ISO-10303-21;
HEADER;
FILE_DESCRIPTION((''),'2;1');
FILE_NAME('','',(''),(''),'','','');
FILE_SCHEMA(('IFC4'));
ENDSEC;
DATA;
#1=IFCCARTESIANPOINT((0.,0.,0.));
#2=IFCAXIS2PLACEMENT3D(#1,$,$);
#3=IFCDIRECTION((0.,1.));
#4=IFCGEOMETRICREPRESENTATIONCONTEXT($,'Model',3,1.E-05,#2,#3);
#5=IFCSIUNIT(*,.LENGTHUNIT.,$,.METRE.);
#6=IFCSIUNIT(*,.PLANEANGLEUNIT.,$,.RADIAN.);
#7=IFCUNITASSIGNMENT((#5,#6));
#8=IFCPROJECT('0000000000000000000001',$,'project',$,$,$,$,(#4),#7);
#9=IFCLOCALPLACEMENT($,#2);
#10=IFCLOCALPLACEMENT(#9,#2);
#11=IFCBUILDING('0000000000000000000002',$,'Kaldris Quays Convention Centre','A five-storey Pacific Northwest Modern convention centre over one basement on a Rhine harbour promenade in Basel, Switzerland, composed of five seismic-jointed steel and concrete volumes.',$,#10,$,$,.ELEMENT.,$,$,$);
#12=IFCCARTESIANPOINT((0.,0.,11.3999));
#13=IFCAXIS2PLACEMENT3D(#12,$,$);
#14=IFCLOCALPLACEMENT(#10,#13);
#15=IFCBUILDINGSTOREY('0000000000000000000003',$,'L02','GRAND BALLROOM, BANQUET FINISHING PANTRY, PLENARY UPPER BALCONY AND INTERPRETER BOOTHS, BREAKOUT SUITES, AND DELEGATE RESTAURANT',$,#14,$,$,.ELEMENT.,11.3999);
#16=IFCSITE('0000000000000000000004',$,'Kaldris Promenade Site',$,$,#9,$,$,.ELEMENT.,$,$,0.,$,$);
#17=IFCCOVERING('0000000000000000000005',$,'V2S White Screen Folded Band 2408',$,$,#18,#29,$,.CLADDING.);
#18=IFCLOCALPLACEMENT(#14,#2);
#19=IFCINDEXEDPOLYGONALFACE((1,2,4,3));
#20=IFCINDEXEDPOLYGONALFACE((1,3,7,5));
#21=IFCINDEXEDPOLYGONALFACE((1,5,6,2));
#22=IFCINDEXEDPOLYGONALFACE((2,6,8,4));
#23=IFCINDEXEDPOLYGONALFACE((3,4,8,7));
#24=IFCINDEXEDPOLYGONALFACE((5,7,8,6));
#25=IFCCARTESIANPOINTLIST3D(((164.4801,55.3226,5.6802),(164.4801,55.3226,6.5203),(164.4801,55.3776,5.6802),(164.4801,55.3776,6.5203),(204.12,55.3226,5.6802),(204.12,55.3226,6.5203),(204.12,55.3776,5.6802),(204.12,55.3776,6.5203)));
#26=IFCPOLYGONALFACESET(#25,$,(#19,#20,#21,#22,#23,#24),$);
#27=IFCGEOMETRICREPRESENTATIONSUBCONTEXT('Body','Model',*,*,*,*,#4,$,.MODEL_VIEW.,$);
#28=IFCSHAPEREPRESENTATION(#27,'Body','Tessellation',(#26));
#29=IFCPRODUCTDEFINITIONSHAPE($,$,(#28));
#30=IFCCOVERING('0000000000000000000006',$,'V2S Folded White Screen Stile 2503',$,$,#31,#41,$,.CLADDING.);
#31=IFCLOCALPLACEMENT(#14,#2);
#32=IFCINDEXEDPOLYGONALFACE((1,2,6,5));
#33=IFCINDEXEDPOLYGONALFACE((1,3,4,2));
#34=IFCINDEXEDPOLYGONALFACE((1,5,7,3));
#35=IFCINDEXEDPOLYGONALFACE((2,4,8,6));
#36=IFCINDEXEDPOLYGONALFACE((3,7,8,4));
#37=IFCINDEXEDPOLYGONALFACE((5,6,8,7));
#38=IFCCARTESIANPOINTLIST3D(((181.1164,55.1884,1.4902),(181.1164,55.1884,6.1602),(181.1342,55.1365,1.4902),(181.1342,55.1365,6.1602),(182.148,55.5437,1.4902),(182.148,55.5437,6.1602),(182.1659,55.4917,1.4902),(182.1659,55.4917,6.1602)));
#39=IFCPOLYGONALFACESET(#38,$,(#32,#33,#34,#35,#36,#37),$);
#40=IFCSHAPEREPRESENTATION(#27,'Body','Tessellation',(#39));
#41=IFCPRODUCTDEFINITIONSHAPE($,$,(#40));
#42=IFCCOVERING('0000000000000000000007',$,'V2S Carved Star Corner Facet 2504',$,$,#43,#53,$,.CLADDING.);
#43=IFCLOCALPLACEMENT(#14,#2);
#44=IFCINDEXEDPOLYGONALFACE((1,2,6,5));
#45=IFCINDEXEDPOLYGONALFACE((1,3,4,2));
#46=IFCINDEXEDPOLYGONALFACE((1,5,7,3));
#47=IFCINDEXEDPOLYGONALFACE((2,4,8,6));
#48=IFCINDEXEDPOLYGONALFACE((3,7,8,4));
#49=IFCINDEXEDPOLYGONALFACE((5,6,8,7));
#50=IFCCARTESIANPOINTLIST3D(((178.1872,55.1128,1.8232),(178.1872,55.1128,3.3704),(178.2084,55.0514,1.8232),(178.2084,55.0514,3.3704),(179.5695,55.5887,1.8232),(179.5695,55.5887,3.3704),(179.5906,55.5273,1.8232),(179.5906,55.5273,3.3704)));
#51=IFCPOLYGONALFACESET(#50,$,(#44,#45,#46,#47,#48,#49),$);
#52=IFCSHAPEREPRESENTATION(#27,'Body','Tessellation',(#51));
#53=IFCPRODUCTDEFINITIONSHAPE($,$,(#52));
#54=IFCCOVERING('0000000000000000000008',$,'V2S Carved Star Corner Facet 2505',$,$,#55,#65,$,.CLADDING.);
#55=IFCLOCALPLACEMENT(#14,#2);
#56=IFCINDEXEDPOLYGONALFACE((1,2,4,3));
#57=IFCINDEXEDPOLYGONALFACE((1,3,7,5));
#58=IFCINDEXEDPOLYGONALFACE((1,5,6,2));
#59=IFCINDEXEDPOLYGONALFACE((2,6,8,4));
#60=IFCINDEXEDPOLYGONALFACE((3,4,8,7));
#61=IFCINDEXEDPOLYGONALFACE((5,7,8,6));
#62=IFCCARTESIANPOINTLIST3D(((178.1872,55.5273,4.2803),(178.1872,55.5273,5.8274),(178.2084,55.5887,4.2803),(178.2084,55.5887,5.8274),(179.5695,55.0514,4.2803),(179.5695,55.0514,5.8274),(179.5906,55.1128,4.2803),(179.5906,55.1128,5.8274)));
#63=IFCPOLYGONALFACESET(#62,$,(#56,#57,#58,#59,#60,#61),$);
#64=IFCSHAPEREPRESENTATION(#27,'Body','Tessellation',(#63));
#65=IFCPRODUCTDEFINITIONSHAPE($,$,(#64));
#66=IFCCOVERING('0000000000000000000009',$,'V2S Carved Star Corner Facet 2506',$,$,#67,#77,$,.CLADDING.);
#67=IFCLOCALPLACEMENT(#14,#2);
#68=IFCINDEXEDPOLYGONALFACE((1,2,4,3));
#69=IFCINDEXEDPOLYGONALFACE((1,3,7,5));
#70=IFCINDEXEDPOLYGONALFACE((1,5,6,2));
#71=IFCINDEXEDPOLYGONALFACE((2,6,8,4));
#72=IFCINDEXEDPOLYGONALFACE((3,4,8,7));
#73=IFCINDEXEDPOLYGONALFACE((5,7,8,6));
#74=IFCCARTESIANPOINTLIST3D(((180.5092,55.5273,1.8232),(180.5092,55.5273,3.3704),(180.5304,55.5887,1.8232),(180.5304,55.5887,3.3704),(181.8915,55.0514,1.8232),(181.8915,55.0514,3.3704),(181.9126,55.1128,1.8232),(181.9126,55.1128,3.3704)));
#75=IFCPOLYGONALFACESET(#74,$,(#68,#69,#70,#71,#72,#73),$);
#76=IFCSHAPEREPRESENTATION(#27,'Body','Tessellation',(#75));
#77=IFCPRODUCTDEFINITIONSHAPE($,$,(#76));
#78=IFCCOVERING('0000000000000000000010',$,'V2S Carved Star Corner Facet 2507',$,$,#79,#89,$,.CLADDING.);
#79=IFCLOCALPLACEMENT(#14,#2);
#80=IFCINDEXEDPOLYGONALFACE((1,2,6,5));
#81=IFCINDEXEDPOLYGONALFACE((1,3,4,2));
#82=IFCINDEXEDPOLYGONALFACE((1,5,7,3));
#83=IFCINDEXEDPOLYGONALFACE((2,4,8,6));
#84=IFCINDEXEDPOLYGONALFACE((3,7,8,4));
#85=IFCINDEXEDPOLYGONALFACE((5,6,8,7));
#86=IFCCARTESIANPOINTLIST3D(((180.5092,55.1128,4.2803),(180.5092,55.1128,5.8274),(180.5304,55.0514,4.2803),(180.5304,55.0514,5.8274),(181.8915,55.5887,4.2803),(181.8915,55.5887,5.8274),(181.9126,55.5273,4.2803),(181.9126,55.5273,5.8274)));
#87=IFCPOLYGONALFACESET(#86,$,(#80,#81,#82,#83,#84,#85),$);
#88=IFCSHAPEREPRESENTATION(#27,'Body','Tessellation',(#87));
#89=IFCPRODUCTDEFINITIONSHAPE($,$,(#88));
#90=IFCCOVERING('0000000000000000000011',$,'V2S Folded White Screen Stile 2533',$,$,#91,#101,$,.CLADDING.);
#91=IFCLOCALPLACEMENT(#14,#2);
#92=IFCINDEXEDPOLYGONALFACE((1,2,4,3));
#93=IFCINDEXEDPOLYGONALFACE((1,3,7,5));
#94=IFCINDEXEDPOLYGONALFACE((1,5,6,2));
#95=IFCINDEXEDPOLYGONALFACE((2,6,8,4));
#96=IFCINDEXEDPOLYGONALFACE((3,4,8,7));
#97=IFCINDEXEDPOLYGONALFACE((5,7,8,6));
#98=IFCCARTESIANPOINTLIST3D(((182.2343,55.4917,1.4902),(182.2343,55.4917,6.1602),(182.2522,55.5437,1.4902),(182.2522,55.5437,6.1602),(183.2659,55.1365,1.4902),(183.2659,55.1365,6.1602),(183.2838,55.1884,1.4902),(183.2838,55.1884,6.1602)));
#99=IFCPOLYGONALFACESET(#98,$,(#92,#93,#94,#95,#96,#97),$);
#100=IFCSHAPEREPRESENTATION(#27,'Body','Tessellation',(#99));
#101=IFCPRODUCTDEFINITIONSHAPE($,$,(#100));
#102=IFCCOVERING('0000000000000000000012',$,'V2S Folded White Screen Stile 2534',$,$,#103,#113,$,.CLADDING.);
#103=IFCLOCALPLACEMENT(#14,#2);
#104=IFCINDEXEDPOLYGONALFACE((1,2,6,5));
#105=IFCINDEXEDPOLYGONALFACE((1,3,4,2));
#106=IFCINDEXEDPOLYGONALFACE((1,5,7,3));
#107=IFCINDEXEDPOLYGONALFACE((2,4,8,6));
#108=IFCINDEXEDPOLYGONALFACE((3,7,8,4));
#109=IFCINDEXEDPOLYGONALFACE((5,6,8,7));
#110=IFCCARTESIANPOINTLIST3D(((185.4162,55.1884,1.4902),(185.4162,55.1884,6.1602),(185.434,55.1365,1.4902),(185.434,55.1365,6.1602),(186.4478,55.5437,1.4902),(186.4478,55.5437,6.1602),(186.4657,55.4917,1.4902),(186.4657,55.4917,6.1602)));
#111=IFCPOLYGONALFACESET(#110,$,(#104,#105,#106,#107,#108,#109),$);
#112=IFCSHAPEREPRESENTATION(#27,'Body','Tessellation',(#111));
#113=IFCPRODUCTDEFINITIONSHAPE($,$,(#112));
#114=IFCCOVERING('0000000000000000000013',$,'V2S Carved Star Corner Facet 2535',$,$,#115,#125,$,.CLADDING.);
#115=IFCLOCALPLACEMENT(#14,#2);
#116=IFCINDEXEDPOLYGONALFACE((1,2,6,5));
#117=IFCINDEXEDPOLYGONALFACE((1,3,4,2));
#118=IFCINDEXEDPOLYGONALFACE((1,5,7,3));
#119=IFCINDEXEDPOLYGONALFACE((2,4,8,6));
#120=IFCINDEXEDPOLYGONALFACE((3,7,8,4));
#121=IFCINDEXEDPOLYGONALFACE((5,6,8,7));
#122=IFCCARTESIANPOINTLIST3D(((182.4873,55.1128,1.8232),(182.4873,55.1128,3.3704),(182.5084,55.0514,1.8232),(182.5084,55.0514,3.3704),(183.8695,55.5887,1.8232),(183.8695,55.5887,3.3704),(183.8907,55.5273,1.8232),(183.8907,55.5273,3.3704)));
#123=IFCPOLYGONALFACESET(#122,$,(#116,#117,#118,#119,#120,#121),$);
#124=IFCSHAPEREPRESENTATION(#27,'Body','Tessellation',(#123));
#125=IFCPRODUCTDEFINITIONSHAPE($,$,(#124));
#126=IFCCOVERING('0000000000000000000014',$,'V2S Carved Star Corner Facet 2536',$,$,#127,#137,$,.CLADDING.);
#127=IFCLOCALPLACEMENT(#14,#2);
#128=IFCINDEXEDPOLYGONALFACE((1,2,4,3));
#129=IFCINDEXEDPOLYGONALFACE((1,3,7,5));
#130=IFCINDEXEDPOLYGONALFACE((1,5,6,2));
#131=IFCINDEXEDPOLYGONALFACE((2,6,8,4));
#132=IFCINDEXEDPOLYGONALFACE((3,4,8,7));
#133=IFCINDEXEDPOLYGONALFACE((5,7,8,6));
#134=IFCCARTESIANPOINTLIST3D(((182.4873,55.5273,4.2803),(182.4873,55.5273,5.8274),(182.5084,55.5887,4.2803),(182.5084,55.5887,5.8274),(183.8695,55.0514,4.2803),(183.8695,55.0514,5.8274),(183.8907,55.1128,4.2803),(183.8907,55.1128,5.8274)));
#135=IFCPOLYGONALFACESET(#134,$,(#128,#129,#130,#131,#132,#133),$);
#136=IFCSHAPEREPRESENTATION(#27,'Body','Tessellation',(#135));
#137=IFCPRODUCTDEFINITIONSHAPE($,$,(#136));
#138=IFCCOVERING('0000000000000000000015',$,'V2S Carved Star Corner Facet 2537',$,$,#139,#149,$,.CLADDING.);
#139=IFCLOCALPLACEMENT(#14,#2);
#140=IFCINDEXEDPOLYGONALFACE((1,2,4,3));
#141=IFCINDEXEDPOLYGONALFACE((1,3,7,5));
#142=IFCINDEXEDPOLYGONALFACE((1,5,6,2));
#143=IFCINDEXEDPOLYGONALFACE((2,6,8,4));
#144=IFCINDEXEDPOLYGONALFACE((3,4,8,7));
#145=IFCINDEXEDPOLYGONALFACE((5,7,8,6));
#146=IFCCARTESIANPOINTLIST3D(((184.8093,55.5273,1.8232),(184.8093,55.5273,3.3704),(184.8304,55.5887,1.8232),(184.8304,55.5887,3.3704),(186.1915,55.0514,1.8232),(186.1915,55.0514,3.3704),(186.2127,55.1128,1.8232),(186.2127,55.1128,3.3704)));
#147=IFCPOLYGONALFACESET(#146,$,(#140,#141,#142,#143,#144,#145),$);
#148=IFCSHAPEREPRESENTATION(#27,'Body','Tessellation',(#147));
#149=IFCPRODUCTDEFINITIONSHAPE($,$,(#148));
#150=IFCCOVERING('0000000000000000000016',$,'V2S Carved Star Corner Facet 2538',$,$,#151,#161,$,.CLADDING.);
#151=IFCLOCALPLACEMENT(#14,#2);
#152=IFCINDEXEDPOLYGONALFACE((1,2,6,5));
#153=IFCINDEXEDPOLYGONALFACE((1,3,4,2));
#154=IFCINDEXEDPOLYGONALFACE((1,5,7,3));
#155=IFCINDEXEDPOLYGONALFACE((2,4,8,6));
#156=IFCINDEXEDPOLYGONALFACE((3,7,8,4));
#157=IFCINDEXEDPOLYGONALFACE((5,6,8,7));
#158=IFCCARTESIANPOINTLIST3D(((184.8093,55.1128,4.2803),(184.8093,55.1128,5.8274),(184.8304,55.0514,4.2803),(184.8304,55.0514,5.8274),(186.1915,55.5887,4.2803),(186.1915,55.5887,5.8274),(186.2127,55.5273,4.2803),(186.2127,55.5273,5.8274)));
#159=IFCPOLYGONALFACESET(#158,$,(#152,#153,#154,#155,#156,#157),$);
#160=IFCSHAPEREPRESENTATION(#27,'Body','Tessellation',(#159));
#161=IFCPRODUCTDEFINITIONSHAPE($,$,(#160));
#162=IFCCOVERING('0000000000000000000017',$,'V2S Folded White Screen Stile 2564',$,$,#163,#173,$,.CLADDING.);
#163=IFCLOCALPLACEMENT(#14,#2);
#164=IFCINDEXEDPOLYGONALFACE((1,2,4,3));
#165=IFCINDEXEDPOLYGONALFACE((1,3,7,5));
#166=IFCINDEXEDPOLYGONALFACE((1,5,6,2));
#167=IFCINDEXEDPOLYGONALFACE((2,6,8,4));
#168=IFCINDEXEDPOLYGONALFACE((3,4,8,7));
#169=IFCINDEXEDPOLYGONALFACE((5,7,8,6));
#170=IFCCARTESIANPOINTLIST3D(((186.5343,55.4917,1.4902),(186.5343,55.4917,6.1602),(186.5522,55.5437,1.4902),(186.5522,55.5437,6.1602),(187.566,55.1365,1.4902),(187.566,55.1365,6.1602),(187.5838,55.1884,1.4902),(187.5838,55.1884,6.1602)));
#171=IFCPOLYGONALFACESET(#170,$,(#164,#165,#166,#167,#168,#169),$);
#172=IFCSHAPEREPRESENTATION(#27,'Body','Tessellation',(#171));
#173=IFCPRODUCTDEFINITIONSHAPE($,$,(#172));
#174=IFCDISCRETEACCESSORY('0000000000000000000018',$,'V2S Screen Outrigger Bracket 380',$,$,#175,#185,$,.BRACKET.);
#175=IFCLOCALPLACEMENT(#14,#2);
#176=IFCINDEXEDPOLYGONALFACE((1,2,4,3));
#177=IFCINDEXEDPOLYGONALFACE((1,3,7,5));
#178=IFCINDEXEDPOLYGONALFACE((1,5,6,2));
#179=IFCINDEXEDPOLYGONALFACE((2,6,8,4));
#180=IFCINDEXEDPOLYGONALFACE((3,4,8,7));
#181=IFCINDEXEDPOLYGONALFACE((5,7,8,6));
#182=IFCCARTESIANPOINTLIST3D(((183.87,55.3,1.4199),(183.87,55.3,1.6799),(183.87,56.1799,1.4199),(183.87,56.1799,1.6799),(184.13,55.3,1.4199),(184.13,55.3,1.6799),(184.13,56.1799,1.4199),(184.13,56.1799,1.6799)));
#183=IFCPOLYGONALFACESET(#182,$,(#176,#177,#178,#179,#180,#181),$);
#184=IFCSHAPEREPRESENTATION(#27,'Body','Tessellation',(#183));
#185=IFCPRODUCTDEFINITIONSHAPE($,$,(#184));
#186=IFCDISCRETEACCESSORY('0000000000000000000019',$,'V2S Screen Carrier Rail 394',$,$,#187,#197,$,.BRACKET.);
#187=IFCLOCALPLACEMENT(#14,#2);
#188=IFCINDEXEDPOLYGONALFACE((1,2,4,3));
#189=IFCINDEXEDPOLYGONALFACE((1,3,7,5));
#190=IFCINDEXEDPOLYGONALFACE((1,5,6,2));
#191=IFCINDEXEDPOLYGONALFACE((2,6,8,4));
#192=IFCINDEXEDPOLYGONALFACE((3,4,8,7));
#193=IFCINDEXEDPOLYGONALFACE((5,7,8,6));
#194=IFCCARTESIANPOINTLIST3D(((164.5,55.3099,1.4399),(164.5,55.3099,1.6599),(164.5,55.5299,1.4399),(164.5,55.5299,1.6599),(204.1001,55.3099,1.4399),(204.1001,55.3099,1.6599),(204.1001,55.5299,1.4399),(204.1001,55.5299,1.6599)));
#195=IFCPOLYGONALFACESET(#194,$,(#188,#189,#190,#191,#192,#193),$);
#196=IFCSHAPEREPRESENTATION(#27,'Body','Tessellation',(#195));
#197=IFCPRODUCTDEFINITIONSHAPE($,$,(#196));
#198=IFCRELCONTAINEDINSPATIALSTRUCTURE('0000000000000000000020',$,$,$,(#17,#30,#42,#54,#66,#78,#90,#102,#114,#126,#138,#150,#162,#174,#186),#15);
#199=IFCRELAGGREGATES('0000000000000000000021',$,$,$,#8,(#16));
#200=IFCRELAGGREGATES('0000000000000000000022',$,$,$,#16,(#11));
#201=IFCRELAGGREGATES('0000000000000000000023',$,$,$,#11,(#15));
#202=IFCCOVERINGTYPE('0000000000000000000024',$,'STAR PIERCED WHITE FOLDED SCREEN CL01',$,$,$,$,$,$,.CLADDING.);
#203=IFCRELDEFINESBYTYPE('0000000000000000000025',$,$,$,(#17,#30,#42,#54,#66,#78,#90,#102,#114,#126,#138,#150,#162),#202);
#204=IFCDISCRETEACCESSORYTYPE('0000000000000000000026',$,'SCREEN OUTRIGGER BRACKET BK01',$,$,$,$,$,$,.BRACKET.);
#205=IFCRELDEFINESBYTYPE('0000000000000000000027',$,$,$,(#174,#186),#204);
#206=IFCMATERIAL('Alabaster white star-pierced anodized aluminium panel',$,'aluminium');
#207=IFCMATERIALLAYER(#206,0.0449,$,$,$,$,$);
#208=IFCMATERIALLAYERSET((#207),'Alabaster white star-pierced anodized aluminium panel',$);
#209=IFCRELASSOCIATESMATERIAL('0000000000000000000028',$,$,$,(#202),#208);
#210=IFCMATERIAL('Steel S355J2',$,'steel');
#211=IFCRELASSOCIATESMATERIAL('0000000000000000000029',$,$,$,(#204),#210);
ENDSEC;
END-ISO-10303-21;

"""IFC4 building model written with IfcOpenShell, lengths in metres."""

from ifc_helpers import new_model, si_unit, direction, frame, origin, origin_2d, place, context, subcontext, project, spatial, rectangle, extrude, material, layer, layer_set, type_object, element, save


model = new_model("IFC4")

# Units and contexts
model_context = context("Model", 3, precision=1e-05, world=origin(), true_north=direction((0.0, 1.0)))
body_context = subcontext(model_context, "Body", "Model", "MODEL_VIEW")
ifc_project = project(units=[si_unit("LENGTHUNIT", "METRE"), si_unit("PLANEANGLEUNIT", "RADIAN")], contexts=[model_context])

# Site, building, storey
site_placement = place(None, origin())
site = spatial("IfcSite", under=ifc_project, at=site_placement, Name="Kaldris Promenade Site", CompositionType="ELEMENT", RefElevation=0.0)
building_placement = place(site_placement, origin())
building = spatial("IfcBuilding", under=site, at=building_placement, Name="Kaldris Quays Convention Centre", Description="A five-storey Pacific Northwest Modern convention centre over one basement on a Rhine harbour promenade in Basel, Switzerland, composed of five seismic-jointed steel and concrete volumes.", CompositionType="ELEMENT")
storey_placement = place(building_placement, frame((0.0, 0.0, 11.3999)))
storey = spatial("IfcBuildingStorey", under=building, at=storey_placement, Name="L02", Description="GRAND BALLROOM, BANQUET FINISHING PANTRY, PLENARY UPPER BALCONY AND INTERPRETER BOOTHS, BREAKOUT SUITES, AND DELEGATE RESTAURANT", CompositionType="ELEMENT", Elevation=11.3999)

# Shared definitions
ifc_material_1 = material(Name="Steel S355J2", Category="steel")

# Coverings
ifc_material_2 = material(Name="Alabaster white star-pierced anodized aluminium panel", Category="aluminium")
ifc_layer = layer(ifc_material_2, 0.0449)
ifc_layer_set = layer_set([ifc_layer], Name="Alabaster white star-pierced anodized aluminium panel")
covering_type = type_object("IfcCoveringType", Name="STAR PIERCED WHITE FOLDED SCREEN CL01", PredefinedType="CLADDING", material=ifc_layer_set)
covering_1_placement = place(storey_placement, frame((184.3, 55.3501, 5.6802), z_axis=(0.0, 0.0, 1.0), x_axis=(1.0, 0.0, 0.0)))
element("IfcCovering", 1, at=covering_1_placement, inside=storey, type_object=covering_type, Name="V2S White Screen Folded Band 2408", PredefinedType="CLADDING", context=body_context, shape_type="SweptSolid", body=[
    extrude(rectangle(XDim=39.6399, YDim=0.0549, at=origin_2d()), origin(), (0.0, 0.0, 1.0), 0.8401),
])
covering_2_placement = place(storey_placement, frame((181.6411, 55.3401, 1.4902), z_axis=(0.0, 0.0, 1.0), x_axis=(0.945519, 0.325568, 0.0)))
element("IfcCovering", 2, at=covering_2_placement, inside=storey, type_object=covering_type, Name="V2S Folded White Screen Stile 2503", PredefinedType="CLADDING", context=body_context, shape_type="SweptSolid", body=[
    extrude(rectangle(XDim=1.0911, YDim=0.0549, at=origin_2d()), origin(), (0.0, 0.0, 1.0), 4.6699),
])
for number, where, z_axis, x_axis, name in (
    (3, (178.8889, 55.3201, 1.8232), (0.0, 0.0, 1.0), (0.945519, 0.325568, 0.0), "V2S Carved Star Corner Facet 2504"),
    (4, (178.8889, 55.3201, 4.2803), (0.0, 0.0, 1.0), (0.945519, -0.325568, 0.0), "V2S Carved Star Corner Facet 2505"),
    (5, (181.2109, 55.3201, 1.8232), (0.0, 0.0, 1.0), (0.945519, -0.325568, 0.0), "V2S Carved Star Corner Facet 2506"),
    (6, (181.2109, 55.3201, 4.2803), (0.0, 0.0, 1.0), (0.945519, 0.325568, 0.0), "V2S Carved Star Corner Facet 2507"),
):
    element("IfcCovering", number, at=place(storey_placement, frame(where, z_axis=z_axis, x_axis=x_axis)), inside=storey, type_object=covering_type, Name=name, PredefinedType="CLADDING", context=body_context, shape_type="SweptSolid", body=[
        extrude(rectangle(XDim=1.4619, YDim=0.0649, at=origin_2d()), origin(), (0.0, 0.0, 1.0), 1.5471),
    ])
for number, where, z_axis, x_axis, name in (
    (7, (182.759, 55.3401, 1.4902), (0.0, 0.0, 1.0), (0.945519, -0.325568, 0.0), "V2S Folded White Screen Stile 2533"),
    (8, (185.9409, 55.3401, 1.4902), (0.0, 0.0, 1.0), (0.945519, 0.325568, 0.0), "V2S Folded White Screen Stile 2534"),
):
    element("IfcCovering", number, at=place(storey_placement, frame(where, z_axis=z_axis, x_axis=x_axis)), inside=storey, type_object=covering_type, Name=name, PredefinedType="CLADDING", context=body_context, shape_type="SweptSolid", body=[
        extrude(rectangle(XDim=1.0911, YDim=0.0549, at=origin_2d()), origin(), (0.0, 0.0, 1.0), 4.6699),
    ])
for number, where, z_axis, x_axis, name in (
    (9, (183.189, 55.3201, 1.8232), (0.0, 0.0, 1.0), (0.945519, 0.325568, 0.0), "V2S Carved Star Corner Facet 2535"),
    (10, (183.189, 55.3201, 4.2803), (0.0, 0.0, 1.0), (0.945519, -0.325568, 0.0), "V2S Carved Star Corner Facet 2536"),
    (11, (185.511, 55.3201, 1.8232), (0.0, 0.0, 1.0), (0.945519, -0.325568, 0.0), "V2S Carved Star Corner Facet 2537"),
    (12, (185.511, 55.3201, 4.2803), (0.0, 0.0, 1.0), (0.945519, 0.325568, 0.0), "V2S Carved Star Corner Facet 2538"),
):
    element("IfcCovering", number, at=place(storey_placement, frame(where, z_axis=z_axis, x_axis=x_axis)), inside=storey, type_object=covering_type, Name=name, PredefinedType="CLADDING", context=body_context, shape_type="SweptSolid", body=[
        extrude(rectangle(XDim=1.4619, YDim=0.0649, at=origin_2d()), origin(), (0.0, 0.0, 1.0), 1.5471),
    ])
covering_3_placement = place(storey_placement, frame((187.0591, 55.3401, 1.4902), z_axis=(0.0, 0.0, 1.0), x_axis=(0.945519, -0.325568, 0.0)))
element("IfcCovering", 13, at=covering_3_placement, inside=storey, type_object=covering_type, Name="V2S Folded White Screen Stile 2564", PredefinedType="CLADDING", context=body_context, shape_type="SweptSolid", body=[
    extrude(rectangle(XDim=1.0911, YDim=0.0549, at=origin_2d()), origin(), (0.0, 0.0, 1.0), 4.6699),
])

# Discrete accessories
discrete_accessory_type = type_object("IfcDiscreteAccessoryType", Name="SCREEN OUTRIGGER BRACKET BK01", PredefinedType="BRACKET", material=ifc_material_1)
discrete_accessory_1_placement = place(storey_placement, frame((184.0, 55.74, 1.4199), z_axis=(0.0, 0.0, 1.0), x_axis=(1.0, 0.0, 0.0)))
element("IfcDiscreteAccessory", 14, at=discrete_accessory_1_placement, inside=storey, type_object=discrete_accessory_type, Name="V2S Screen Outrigger Bracket 380", PredefinedType="BRACKET", context=body_context, shape_type="SweptSolid", body=[
    extrude(rectangle(XDim=0.26, YDim=0.8799, at=origin_2d()), origin(), (0.0, 0.0, 1.0), 0.26),
])
discrete_accessory_2_placement = place(storey_placement, frame((184.3, 55.4199, 1.4399), z_axis=(0.0, 0.0, 1.0), x_axis=(1.0, 0.0, 0.0)))
element("IfcDiscreteAccessory", 15, at=discrete_accessory_2_placement, inside=storey, type_object=discrete_accessory_type, Name="V2S Screen Carrier Rail 394", PredefinedType="BRACKET", context=body_context, shape_type="SweptSolid", body=[
    extrude(rectangle(XDim=39.6001, YDim=0.22, at=origin_2d()), origin(), (0.0, 0.0, 1.0), 0.22),
])

save(model, "model.ifc")
